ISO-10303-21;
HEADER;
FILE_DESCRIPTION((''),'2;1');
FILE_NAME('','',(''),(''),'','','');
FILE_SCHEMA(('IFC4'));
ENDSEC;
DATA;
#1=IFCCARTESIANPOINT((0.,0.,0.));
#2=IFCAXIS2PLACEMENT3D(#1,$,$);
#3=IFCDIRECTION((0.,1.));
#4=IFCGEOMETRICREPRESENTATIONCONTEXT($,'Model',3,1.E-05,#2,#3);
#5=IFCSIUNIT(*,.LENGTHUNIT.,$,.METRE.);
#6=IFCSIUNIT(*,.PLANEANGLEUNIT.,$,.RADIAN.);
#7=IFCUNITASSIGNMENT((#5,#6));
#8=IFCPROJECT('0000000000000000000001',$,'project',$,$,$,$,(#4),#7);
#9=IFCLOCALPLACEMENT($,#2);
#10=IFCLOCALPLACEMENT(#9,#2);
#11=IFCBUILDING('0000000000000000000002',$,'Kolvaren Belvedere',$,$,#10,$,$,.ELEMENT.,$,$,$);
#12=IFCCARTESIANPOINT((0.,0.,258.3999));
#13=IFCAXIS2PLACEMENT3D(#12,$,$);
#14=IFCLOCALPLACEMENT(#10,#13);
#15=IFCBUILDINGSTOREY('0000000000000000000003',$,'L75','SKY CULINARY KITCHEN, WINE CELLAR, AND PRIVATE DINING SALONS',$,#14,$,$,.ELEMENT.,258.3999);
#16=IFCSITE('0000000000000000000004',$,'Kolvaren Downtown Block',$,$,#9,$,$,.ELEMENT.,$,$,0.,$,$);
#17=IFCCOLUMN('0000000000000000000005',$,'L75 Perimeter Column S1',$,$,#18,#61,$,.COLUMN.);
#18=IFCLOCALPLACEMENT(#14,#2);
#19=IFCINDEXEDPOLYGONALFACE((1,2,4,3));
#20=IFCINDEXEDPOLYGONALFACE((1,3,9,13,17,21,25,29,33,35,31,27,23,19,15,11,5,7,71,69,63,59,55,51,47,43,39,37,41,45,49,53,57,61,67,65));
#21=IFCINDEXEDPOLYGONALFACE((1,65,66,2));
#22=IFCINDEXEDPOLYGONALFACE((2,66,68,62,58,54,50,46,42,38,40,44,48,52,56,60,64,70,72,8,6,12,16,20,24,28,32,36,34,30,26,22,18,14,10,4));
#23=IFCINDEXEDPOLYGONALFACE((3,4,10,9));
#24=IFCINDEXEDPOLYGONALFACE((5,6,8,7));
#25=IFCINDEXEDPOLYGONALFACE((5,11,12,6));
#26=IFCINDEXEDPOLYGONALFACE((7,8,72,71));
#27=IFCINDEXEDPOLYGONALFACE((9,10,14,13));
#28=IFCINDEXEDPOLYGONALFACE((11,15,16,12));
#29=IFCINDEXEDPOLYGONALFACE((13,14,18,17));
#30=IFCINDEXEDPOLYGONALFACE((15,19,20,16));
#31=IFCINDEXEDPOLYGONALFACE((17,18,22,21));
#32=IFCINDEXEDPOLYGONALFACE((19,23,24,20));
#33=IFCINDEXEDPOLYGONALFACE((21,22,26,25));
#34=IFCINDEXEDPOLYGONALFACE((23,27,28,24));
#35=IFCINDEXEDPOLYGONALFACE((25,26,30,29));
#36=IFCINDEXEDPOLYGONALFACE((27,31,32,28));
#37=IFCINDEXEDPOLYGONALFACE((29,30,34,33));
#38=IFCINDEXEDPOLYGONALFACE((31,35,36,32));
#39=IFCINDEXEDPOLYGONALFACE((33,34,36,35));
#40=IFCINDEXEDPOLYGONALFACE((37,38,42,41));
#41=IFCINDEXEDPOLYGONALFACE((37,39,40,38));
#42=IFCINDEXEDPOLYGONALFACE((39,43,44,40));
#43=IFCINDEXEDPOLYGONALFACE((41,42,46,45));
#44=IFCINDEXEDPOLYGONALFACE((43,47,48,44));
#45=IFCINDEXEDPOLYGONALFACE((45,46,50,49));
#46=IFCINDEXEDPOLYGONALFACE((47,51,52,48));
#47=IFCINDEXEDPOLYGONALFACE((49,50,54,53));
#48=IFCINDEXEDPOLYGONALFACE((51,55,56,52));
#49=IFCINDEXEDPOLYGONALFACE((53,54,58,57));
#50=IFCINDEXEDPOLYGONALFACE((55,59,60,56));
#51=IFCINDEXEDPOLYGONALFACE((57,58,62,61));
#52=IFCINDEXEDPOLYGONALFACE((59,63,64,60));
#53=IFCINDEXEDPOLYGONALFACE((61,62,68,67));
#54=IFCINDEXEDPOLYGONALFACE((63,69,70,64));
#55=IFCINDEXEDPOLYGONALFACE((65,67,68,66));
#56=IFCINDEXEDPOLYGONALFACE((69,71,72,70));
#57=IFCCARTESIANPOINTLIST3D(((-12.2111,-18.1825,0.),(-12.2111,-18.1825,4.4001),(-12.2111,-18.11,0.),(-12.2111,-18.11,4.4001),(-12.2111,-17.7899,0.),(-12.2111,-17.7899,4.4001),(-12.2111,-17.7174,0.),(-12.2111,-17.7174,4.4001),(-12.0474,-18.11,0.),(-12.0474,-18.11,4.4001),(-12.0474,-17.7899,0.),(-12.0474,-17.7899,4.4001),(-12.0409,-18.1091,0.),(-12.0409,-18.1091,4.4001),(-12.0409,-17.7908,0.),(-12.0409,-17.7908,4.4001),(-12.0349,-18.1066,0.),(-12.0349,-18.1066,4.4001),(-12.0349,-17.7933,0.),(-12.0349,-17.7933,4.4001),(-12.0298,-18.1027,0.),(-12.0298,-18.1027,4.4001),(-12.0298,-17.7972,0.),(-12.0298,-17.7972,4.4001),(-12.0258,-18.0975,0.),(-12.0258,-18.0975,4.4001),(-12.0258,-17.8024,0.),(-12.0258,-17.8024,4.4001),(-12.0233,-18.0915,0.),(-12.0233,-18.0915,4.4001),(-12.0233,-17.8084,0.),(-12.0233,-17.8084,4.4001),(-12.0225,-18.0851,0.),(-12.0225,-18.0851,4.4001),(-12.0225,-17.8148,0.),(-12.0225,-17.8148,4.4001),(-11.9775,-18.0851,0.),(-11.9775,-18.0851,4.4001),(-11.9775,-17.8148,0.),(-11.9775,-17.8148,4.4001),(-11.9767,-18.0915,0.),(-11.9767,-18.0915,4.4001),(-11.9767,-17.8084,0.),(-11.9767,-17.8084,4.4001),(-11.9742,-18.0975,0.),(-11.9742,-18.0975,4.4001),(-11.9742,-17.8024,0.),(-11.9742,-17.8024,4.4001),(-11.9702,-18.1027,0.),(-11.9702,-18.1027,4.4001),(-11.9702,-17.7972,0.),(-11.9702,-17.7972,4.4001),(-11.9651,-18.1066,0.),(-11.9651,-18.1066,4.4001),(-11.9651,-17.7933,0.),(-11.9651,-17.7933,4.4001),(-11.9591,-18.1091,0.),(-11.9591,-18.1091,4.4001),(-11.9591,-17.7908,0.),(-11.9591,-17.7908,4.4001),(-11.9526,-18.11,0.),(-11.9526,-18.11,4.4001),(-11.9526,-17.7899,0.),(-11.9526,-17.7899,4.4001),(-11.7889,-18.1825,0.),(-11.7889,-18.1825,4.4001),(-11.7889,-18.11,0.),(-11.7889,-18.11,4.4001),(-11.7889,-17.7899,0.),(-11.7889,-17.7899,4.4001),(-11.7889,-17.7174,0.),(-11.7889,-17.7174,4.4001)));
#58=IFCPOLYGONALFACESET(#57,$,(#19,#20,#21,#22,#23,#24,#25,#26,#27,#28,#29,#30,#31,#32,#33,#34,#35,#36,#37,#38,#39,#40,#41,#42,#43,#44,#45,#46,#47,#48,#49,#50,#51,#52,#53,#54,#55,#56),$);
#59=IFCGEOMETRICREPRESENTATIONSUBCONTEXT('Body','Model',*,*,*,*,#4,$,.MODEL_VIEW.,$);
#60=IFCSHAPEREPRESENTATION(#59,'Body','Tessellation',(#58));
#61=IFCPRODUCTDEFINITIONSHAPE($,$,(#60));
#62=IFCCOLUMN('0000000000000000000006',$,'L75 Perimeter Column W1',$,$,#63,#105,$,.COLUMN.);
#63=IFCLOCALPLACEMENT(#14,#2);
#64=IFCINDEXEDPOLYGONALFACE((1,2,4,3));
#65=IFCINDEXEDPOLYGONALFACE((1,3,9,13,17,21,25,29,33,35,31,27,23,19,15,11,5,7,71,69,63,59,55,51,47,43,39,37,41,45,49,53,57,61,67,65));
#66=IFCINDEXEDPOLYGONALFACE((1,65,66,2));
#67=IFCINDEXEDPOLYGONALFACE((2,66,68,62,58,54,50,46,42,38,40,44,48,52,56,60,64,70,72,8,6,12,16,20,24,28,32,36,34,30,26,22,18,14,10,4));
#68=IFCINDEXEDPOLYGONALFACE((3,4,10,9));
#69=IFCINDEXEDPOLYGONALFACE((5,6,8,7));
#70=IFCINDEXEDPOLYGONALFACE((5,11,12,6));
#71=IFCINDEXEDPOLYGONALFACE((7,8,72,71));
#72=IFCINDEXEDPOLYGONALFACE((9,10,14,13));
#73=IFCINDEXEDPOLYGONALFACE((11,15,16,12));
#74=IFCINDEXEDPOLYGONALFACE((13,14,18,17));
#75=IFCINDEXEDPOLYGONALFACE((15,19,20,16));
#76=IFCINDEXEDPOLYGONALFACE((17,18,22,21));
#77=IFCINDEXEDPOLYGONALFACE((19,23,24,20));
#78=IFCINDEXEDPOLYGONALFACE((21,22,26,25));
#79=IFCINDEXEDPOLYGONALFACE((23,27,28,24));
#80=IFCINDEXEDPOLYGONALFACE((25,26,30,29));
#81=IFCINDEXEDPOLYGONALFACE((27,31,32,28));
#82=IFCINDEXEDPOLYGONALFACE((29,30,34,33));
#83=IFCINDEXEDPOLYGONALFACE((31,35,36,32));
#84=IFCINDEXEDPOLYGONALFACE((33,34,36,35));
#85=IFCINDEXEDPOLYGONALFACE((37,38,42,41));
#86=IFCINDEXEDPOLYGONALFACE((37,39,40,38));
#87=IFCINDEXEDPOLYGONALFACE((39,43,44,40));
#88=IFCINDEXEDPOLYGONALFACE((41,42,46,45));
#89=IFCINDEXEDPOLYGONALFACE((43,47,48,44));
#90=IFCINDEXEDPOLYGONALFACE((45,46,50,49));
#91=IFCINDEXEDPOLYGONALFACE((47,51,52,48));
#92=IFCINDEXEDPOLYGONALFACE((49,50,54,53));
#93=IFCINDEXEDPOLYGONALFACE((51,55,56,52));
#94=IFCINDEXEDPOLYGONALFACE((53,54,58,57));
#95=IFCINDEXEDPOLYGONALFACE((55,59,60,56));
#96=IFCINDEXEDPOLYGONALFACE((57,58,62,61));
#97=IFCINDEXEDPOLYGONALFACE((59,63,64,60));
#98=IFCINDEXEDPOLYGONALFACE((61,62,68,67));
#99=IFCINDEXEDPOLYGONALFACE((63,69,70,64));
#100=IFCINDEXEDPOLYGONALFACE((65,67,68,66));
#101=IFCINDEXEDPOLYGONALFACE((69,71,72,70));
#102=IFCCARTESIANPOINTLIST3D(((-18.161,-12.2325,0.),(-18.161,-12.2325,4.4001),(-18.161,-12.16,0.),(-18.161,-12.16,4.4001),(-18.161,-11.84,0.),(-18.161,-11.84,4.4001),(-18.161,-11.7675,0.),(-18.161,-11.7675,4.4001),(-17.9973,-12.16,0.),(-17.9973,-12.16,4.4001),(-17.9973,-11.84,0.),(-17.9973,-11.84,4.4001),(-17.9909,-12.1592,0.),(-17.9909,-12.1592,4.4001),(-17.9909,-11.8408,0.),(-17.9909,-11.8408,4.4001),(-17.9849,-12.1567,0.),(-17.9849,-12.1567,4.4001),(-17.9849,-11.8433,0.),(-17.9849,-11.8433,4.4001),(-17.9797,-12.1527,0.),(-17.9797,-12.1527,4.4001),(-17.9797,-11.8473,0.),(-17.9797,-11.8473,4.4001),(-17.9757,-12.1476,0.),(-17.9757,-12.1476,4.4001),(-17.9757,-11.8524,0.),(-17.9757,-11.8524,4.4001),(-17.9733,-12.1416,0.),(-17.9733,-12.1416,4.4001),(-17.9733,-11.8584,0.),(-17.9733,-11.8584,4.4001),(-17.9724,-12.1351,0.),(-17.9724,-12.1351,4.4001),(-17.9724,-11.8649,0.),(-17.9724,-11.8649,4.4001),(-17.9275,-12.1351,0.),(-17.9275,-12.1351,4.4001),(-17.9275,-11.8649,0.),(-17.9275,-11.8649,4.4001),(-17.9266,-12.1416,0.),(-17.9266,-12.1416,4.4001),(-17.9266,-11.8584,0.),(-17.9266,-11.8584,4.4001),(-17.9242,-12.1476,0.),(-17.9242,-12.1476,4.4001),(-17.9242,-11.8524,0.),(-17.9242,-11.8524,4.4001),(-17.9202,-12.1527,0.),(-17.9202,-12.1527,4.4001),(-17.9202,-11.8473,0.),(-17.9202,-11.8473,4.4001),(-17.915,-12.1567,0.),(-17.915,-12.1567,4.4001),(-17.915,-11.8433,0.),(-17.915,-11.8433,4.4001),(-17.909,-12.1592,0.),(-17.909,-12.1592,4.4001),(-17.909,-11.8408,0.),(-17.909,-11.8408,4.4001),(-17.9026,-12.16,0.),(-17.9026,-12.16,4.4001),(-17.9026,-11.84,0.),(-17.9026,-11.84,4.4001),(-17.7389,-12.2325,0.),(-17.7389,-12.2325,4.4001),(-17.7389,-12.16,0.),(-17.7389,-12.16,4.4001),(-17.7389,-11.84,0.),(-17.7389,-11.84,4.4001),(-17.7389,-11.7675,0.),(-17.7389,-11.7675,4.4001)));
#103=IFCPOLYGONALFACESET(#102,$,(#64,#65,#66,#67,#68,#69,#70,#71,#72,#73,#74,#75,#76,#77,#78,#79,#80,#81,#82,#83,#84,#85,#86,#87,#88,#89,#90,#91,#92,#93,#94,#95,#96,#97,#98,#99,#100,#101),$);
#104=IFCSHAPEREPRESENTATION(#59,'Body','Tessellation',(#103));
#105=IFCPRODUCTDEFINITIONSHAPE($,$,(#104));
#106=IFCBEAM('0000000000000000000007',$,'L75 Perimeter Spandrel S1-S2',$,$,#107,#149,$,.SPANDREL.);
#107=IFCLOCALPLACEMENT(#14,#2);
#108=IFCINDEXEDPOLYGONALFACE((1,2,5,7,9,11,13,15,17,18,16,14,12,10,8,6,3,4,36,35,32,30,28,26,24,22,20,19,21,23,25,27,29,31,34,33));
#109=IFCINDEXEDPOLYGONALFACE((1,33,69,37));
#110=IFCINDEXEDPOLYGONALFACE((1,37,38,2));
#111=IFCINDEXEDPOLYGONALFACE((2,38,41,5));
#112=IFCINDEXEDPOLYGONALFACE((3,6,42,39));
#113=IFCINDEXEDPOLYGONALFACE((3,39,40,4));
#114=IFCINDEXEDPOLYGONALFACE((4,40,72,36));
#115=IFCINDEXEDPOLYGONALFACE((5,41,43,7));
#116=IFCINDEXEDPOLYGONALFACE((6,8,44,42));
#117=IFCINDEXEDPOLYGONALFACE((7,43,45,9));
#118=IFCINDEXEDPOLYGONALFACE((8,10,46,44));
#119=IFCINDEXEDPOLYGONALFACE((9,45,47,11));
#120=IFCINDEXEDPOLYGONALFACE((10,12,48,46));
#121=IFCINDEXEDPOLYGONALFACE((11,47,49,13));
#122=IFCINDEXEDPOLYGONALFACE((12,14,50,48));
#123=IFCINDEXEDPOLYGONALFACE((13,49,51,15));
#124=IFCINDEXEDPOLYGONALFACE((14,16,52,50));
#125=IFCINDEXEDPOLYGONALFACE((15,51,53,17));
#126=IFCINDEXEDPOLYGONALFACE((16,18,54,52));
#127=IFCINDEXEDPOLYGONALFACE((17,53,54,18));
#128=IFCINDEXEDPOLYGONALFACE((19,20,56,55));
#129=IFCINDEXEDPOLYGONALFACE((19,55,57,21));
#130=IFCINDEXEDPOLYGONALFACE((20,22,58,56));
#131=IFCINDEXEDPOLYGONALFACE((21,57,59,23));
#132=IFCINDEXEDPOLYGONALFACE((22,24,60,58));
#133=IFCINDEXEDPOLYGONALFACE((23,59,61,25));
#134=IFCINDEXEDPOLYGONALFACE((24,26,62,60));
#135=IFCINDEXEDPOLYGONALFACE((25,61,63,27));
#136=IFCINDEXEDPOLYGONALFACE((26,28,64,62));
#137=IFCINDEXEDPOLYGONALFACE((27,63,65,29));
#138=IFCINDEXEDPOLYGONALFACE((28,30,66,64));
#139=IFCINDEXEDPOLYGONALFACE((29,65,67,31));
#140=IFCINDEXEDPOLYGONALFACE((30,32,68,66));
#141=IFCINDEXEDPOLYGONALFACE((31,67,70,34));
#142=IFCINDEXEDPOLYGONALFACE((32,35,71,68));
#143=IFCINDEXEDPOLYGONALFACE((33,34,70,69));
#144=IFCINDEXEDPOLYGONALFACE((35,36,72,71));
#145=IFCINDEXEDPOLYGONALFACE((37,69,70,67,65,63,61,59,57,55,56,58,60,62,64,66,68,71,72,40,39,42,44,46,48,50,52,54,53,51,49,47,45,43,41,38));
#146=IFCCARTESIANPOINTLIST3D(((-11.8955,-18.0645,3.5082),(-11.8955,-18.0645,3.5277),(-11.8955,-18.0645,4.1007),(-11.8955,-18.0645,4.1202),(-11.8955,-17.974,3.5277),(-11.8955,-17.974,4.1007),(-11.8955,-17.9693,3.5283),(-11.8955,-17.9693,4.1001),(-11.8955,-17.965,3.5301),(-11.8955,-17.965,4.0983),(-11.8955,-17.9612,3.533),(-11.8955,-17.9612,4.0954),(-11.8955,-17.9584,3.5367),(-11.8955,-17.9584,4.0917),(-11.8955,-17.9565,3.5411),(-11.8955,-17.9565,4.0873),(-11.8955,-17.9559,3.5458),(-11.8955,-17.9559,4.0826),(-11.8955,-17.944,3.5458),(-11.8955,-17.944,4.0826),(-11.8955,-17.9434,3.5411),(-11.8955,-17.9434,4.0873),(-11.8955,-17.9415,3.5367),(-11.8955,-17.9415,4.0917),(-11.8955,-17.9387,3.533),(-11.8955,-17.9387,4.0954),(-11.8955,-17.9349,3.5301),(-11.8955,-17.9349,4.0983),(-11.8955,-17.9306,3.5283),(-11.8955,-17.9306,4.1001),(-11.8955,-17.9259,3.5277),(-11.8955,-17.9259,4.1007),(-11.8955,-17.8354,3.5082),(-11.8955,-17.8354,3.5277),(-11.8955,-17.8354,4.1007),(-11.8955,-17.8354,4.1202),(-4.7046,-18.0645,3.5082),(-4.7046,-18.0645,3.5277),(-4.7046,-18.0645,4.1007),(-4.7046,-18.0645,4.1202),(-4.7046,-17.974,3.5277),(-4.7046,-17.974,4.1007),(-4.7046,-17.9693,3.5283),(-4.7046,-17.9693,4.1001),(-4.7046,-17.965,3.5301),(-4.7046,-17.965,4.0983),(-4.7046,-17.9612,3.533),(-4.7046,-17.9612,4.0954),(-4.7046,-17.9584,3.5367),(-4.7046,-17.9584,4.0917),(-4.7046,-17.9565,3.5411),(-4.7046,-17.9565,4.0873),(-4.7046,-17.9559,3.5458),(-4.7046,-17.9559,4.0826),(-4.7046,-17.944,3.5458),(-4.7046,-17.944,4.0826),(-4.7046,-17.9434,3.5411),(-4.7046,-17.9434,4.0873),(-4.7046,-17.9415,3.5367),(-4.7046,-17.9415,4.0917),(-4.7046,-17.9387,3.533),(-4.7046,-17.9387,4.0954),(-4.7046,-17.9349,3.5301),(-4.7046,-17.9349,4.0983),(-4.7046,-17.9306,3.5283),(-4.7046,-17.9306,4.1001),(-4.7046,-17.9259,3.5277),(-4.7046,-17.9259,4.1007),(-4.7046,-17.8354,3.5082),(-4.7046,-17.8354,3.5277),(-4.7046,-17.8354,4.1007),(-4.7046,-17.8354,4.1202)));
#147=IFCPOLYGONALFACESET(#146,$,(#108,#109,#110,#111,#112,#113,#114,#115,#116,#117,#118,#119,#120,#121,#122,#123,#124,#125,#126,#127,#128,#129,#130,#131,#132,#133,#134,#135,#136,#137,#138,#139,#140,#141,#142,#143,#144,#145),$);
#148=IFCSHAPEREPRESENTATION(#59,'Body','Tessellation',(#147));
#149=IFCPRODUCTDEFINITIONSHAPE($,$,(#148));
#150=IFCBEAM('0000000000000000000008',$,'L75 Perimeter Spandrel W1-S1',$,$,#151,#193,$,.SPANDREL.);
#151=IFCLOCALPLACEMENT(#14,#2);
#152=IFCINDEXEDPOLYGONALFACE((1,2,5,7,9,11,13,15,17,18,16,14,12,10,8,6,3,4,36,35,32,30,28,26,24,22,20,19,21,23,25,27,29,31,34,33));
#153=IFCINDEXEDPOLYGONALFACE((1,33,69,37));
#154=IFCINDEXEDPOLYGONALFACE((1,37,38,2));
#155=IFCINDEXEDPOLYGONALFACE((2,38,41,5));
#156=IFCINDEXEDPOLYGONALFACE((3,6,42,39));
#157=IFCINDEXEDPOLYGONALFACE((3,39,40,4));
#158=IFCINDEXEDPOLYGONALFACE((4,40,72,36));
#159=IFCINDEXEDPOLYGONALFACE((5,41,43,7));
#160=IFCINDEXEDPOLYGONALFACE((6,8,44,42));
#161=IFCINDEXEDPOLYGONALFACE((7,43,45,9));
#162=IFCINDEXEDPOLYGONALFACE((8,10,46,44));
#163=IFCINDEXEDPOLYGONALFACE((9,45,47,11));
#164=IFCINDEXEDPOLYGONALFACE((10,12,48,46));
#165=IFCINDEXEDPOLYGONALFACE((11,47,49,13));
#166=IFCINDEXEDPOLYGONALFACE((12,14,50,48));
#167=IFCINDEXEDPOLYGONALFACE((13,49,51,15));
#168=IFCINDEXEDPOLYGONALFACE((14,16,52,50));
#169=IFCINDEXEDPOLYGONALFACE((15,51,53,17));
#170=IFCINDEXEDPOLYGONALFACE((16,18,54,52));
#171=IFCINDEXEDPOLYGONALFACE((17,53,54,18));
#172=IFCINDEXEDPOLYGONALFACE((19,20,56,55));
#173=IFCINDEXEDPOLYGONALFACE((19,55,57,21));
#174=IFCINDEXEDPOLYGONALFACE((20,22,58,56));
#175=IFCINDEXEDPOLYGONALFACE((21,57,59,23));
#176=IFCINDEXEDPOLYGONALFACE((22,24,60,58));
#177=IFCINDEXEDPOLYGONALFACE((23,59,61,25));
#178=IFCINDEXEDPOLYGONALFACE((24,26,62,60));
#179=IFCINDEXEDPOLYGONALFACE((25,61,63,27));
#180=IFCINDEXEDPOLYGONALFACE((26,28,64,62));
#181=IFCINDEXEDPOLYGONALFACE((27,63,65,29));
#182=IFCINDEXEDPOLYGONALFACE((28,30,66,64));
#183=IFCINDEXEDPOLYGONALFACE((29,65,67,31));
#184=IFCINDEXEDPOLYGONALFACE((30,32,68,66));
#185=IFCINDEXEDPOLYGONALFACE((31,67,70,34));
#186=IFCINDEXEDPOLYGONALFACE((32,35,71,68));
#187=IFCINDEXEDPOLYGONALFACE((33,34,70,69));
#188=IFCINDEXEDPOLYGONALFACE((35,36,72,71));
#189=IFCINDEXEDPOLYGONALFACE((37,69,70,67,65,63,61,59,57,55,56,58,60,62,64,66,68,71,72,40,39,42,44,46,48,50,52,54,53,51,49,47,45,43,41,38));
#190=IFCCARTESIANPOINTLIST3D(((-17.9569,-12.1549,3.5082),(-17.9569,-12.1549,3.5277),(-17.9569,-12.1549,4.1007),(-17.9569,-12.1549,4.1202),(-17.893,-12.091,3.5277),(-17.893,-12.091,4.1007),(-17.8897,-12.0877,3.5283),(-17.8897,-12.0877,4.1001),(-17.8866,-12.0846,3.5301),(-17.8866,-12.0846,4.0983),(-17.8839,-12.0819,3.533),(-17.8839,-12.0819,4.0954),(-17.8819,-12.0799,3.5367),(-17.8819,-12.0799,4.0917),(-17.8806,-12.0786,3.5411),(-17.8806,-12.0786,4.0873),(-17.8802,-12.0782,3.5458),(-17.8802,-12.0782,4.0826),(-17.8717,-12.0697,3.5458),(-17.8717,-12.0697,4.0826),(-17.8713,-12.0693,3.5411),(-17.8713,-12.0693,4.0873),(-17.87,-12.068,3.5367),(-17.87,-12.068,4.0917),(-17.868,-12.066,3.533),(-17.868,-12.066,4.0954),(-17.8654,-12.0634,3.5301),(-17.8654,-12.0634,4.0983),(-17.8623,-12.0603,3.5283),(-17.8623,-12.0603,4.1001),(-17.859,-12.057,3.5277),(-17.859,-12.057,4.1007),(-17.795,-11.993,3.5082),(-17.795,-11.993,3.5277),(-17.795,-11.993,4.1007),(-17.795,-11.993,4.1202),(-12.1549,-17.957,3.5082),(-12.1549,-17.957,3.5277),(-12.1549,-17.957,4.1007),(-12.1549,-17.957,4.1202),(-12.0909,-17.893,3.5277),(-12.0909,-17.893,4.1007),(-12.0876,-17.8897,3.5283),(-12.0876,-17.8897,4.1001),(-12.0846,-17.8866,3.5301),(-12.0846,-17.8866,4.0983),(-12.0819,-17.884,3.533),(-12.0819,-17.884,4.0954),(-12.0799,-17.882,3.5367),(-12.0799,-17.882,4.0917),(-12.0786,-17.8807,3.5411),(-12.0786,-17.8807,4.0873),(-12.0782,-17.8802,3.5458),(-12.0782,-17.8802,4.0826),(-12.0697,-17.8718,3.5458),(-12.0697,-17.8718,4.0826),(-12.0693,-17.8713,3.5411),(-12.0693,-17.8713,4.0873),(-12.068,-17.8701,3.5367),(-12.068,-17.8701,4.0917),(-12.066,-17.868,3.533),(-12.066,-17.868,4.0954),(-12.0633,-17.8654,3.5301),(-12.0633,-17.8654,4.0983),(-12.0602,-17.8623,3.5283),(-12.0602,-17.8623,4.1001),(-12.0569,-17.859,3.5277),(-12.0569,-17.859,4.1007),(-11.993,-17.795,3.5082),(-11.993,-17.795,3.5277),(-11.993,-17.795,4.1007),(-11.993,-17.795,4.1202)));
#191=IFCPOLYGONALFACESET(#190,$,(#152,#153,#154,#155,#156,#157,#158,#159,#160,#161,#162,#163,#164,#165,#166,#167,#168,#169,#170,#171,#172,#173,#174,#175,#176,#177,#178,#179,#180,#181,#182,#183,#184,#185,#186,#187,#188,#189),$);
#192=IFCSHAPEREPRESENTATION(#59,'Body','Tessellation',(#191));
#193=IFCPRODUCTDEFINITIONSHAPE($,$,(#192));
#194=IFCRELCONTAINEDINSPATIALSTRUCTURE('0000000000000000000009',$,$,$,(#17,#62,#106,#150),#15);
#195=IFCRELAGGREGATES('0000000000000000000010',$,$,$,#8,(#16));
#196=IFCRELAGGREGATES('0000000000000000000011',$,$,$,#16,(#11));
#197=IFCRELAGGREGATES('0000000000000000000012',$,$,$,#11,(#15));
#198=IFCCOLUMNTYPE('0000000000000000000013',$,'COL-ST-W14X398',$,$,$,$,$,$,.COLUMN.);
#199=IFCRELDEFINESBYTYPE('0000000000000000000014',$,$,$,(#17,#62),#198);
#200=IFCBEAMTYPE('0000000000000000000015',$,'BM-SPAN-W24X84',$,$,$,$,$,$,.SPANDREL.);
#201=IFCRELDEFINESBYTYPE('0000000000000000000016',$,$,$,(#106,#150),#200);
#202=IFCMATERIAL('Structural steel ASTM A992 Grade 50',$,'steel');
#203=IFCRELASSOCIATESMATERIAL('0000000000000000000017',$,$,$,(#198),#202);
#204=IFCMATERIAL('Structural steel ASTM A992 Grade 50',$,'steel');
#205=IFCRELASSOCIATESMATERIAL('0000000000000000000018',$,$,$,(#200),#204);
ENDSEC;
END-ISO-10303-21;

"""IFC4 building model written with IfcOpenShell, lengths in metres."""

from ifc_helpers import new_model, si_unit, direction, frame, origin, origin_2d, place, context, subcontext, project, spatial, i_section, extrude, material, material_profile, profile_set, type_object, element, save


model = new_model("IFC4")

# Units and contexts
model_context = context("Model", 3, precision=1e-05, world=origin(), true_north=direction((0.0, 1.0)))
body_context = subcontext(model_context, "Body", "Model", "MODEL_VIEW")
ifc_project = project(units=[si_unit("LENGTHUNIT", "METRE"), si_unit("PLANEANGLEUNIT", "RADIAN")], contexts=[model_context])

# Site, building, storey
site_placement = place(None, origin())
site = spatial("IfcSite", under=ifc_project, at=site_placement, Name="Kolvaren Downtown Block", CompositionType="ELEMENT", RefElevation=0.0)
building_placement = place(site_placement, origin())
building = spatial("IfcBuilding", under=site, at=building_placement, Name="Kolvaren Belvedere", CompositionType="ELEMENT")
storey_placement = place(building_placement, frame((0.0, 0.0, 258.3999)))
storey = spatial("IfcBuildingStorey", under=building, at=storey_placement, Name="L75", Description="SKY CULINARY KITCHEN, WINE CELLAR, AND PRIVATE DINING SALONS", CompositionType="ELEMENT", Elevation=258.3999)

# Columns
ifc_material_1 = material(Name="Structural steel ASTM A992 Grade 50", Category="steel")
ifc_material_profile_1 = material_profile(ifc_material_1, i_section(OverallWidth=0.4221, OverallDepth=0.4651, WebThickness=0.0449, FlangeThickness=0.0725, FilletRadius=0.0249, at=origin_2d()), Name="W14X398")
ifc_profile_set_1 = profile_set([ifc_material_profile_1], Name="Structural steel ASTM A992 Grade 50")
column_type = type_object("IfcColumnType", Name="COL-ST-W14X398", PredefinedType="COLUMN", material=ifc_profile_set_1)
for number, where, z_axis, x_axis, name in (
    (1, (-12.0, -17.95, 0.0), (0.0, 0.0, 1.0), (1.0, 0.0, 0.0), "L75 Perimeter Column S1"),
    (2, (-17.95, -12.0, 0.0), (0.0, 0.0, 1.0), (1.0, 0.0, 0.0), "L75 Perimeter Column W1"),
):
    element("IfcColumn", number, at=place(storey_placement, frame(where, z_axis=z_axis, x_axis=x_axis)), inside=storey, type_object=column_type, Name=name, PredefinedType="COLUMN", context=body_context, shape_type="SweptSolid", body=[
        extrude(i_section(OverallWidth=0.4221, OverallDepth=0.4651, WebThickness=0.0449, FlangeThickness=0.0725, FilletRadius=0.0249, at=origin_2d()), origin(), (0.0, 0.0, 1.0), 4.4001),
    ])

# Beams
ifc_material_2 = material(Name="Structural steel ASTM A992 Grade 50", Category="steel")
ifc_material_profile_2 = material_profile(ifc_material_2, i_section(OverallWidth=0.229, OverallDepth=0.6121, WebThickness=0.012, FlangeThickness=0.0195, FilletRadius=0.0181, at=origin_2d()), Name="W24X84")
ifc_profile_set_2 = profile_set([ifc_material_profile_2], Name="Structural steel ASTM A992 Grade 50")
beam_type = type_object("IfcBeamType", Name="BM-SPAN-W24X84", PredefinedType="SPANDREL", material=ifc_profile_set_2)
beam_1_placement = place(storey_placement, frame((-11.8955, -17.95, 3.8142), z_axis=(1.0, 0.0, 0.0), x_axis=(0.0, 1.0, 0.0)))
element("IfcBeam", 3, at=beam_1_placement, inside=storey, type_object=beam_type, Name="L75 Perimeter Spandrel S1-S2", PredefinedType="SPANDREL", context=body_context, shape_type="SweptSolid", body=[
    extrude(i_section(OverallWidth=0.229, OverallDepth=0.6121, WebThickness=0.012, FlangeThickness=0.0195, FilletRadius=0.0181, at=origin_2d()), origin(), (0.0, 0.0, 1.0), 7.1909),
])
beam_2_placement = place(storey_placement, frame((-17.876, -12.074, 3.8142), z_axis=(0.707107, -0.707107, 0.0), x_axis=(0.707107, 0.707107, 0.0)))
element("IfcBeam", 4, at=beam_2_placement, inside=storey, type_object=beam_type, Name="L75 Perimeter Spandrel W1-S1", PredefinedType="SPANDREL", context=body_context, shape_type="SweptSolid", body=[
    extrude(i_section(OverallWidth=0.229, OverallDepth=0.6121, WebThickness=0.012, FlangeThickness=0.0195, FilletRadius=0.0181, at=origin_2d()), origin(), (0.0, 0.0, 1.0), 8.2053),
])

save(model, "model.ifc")
